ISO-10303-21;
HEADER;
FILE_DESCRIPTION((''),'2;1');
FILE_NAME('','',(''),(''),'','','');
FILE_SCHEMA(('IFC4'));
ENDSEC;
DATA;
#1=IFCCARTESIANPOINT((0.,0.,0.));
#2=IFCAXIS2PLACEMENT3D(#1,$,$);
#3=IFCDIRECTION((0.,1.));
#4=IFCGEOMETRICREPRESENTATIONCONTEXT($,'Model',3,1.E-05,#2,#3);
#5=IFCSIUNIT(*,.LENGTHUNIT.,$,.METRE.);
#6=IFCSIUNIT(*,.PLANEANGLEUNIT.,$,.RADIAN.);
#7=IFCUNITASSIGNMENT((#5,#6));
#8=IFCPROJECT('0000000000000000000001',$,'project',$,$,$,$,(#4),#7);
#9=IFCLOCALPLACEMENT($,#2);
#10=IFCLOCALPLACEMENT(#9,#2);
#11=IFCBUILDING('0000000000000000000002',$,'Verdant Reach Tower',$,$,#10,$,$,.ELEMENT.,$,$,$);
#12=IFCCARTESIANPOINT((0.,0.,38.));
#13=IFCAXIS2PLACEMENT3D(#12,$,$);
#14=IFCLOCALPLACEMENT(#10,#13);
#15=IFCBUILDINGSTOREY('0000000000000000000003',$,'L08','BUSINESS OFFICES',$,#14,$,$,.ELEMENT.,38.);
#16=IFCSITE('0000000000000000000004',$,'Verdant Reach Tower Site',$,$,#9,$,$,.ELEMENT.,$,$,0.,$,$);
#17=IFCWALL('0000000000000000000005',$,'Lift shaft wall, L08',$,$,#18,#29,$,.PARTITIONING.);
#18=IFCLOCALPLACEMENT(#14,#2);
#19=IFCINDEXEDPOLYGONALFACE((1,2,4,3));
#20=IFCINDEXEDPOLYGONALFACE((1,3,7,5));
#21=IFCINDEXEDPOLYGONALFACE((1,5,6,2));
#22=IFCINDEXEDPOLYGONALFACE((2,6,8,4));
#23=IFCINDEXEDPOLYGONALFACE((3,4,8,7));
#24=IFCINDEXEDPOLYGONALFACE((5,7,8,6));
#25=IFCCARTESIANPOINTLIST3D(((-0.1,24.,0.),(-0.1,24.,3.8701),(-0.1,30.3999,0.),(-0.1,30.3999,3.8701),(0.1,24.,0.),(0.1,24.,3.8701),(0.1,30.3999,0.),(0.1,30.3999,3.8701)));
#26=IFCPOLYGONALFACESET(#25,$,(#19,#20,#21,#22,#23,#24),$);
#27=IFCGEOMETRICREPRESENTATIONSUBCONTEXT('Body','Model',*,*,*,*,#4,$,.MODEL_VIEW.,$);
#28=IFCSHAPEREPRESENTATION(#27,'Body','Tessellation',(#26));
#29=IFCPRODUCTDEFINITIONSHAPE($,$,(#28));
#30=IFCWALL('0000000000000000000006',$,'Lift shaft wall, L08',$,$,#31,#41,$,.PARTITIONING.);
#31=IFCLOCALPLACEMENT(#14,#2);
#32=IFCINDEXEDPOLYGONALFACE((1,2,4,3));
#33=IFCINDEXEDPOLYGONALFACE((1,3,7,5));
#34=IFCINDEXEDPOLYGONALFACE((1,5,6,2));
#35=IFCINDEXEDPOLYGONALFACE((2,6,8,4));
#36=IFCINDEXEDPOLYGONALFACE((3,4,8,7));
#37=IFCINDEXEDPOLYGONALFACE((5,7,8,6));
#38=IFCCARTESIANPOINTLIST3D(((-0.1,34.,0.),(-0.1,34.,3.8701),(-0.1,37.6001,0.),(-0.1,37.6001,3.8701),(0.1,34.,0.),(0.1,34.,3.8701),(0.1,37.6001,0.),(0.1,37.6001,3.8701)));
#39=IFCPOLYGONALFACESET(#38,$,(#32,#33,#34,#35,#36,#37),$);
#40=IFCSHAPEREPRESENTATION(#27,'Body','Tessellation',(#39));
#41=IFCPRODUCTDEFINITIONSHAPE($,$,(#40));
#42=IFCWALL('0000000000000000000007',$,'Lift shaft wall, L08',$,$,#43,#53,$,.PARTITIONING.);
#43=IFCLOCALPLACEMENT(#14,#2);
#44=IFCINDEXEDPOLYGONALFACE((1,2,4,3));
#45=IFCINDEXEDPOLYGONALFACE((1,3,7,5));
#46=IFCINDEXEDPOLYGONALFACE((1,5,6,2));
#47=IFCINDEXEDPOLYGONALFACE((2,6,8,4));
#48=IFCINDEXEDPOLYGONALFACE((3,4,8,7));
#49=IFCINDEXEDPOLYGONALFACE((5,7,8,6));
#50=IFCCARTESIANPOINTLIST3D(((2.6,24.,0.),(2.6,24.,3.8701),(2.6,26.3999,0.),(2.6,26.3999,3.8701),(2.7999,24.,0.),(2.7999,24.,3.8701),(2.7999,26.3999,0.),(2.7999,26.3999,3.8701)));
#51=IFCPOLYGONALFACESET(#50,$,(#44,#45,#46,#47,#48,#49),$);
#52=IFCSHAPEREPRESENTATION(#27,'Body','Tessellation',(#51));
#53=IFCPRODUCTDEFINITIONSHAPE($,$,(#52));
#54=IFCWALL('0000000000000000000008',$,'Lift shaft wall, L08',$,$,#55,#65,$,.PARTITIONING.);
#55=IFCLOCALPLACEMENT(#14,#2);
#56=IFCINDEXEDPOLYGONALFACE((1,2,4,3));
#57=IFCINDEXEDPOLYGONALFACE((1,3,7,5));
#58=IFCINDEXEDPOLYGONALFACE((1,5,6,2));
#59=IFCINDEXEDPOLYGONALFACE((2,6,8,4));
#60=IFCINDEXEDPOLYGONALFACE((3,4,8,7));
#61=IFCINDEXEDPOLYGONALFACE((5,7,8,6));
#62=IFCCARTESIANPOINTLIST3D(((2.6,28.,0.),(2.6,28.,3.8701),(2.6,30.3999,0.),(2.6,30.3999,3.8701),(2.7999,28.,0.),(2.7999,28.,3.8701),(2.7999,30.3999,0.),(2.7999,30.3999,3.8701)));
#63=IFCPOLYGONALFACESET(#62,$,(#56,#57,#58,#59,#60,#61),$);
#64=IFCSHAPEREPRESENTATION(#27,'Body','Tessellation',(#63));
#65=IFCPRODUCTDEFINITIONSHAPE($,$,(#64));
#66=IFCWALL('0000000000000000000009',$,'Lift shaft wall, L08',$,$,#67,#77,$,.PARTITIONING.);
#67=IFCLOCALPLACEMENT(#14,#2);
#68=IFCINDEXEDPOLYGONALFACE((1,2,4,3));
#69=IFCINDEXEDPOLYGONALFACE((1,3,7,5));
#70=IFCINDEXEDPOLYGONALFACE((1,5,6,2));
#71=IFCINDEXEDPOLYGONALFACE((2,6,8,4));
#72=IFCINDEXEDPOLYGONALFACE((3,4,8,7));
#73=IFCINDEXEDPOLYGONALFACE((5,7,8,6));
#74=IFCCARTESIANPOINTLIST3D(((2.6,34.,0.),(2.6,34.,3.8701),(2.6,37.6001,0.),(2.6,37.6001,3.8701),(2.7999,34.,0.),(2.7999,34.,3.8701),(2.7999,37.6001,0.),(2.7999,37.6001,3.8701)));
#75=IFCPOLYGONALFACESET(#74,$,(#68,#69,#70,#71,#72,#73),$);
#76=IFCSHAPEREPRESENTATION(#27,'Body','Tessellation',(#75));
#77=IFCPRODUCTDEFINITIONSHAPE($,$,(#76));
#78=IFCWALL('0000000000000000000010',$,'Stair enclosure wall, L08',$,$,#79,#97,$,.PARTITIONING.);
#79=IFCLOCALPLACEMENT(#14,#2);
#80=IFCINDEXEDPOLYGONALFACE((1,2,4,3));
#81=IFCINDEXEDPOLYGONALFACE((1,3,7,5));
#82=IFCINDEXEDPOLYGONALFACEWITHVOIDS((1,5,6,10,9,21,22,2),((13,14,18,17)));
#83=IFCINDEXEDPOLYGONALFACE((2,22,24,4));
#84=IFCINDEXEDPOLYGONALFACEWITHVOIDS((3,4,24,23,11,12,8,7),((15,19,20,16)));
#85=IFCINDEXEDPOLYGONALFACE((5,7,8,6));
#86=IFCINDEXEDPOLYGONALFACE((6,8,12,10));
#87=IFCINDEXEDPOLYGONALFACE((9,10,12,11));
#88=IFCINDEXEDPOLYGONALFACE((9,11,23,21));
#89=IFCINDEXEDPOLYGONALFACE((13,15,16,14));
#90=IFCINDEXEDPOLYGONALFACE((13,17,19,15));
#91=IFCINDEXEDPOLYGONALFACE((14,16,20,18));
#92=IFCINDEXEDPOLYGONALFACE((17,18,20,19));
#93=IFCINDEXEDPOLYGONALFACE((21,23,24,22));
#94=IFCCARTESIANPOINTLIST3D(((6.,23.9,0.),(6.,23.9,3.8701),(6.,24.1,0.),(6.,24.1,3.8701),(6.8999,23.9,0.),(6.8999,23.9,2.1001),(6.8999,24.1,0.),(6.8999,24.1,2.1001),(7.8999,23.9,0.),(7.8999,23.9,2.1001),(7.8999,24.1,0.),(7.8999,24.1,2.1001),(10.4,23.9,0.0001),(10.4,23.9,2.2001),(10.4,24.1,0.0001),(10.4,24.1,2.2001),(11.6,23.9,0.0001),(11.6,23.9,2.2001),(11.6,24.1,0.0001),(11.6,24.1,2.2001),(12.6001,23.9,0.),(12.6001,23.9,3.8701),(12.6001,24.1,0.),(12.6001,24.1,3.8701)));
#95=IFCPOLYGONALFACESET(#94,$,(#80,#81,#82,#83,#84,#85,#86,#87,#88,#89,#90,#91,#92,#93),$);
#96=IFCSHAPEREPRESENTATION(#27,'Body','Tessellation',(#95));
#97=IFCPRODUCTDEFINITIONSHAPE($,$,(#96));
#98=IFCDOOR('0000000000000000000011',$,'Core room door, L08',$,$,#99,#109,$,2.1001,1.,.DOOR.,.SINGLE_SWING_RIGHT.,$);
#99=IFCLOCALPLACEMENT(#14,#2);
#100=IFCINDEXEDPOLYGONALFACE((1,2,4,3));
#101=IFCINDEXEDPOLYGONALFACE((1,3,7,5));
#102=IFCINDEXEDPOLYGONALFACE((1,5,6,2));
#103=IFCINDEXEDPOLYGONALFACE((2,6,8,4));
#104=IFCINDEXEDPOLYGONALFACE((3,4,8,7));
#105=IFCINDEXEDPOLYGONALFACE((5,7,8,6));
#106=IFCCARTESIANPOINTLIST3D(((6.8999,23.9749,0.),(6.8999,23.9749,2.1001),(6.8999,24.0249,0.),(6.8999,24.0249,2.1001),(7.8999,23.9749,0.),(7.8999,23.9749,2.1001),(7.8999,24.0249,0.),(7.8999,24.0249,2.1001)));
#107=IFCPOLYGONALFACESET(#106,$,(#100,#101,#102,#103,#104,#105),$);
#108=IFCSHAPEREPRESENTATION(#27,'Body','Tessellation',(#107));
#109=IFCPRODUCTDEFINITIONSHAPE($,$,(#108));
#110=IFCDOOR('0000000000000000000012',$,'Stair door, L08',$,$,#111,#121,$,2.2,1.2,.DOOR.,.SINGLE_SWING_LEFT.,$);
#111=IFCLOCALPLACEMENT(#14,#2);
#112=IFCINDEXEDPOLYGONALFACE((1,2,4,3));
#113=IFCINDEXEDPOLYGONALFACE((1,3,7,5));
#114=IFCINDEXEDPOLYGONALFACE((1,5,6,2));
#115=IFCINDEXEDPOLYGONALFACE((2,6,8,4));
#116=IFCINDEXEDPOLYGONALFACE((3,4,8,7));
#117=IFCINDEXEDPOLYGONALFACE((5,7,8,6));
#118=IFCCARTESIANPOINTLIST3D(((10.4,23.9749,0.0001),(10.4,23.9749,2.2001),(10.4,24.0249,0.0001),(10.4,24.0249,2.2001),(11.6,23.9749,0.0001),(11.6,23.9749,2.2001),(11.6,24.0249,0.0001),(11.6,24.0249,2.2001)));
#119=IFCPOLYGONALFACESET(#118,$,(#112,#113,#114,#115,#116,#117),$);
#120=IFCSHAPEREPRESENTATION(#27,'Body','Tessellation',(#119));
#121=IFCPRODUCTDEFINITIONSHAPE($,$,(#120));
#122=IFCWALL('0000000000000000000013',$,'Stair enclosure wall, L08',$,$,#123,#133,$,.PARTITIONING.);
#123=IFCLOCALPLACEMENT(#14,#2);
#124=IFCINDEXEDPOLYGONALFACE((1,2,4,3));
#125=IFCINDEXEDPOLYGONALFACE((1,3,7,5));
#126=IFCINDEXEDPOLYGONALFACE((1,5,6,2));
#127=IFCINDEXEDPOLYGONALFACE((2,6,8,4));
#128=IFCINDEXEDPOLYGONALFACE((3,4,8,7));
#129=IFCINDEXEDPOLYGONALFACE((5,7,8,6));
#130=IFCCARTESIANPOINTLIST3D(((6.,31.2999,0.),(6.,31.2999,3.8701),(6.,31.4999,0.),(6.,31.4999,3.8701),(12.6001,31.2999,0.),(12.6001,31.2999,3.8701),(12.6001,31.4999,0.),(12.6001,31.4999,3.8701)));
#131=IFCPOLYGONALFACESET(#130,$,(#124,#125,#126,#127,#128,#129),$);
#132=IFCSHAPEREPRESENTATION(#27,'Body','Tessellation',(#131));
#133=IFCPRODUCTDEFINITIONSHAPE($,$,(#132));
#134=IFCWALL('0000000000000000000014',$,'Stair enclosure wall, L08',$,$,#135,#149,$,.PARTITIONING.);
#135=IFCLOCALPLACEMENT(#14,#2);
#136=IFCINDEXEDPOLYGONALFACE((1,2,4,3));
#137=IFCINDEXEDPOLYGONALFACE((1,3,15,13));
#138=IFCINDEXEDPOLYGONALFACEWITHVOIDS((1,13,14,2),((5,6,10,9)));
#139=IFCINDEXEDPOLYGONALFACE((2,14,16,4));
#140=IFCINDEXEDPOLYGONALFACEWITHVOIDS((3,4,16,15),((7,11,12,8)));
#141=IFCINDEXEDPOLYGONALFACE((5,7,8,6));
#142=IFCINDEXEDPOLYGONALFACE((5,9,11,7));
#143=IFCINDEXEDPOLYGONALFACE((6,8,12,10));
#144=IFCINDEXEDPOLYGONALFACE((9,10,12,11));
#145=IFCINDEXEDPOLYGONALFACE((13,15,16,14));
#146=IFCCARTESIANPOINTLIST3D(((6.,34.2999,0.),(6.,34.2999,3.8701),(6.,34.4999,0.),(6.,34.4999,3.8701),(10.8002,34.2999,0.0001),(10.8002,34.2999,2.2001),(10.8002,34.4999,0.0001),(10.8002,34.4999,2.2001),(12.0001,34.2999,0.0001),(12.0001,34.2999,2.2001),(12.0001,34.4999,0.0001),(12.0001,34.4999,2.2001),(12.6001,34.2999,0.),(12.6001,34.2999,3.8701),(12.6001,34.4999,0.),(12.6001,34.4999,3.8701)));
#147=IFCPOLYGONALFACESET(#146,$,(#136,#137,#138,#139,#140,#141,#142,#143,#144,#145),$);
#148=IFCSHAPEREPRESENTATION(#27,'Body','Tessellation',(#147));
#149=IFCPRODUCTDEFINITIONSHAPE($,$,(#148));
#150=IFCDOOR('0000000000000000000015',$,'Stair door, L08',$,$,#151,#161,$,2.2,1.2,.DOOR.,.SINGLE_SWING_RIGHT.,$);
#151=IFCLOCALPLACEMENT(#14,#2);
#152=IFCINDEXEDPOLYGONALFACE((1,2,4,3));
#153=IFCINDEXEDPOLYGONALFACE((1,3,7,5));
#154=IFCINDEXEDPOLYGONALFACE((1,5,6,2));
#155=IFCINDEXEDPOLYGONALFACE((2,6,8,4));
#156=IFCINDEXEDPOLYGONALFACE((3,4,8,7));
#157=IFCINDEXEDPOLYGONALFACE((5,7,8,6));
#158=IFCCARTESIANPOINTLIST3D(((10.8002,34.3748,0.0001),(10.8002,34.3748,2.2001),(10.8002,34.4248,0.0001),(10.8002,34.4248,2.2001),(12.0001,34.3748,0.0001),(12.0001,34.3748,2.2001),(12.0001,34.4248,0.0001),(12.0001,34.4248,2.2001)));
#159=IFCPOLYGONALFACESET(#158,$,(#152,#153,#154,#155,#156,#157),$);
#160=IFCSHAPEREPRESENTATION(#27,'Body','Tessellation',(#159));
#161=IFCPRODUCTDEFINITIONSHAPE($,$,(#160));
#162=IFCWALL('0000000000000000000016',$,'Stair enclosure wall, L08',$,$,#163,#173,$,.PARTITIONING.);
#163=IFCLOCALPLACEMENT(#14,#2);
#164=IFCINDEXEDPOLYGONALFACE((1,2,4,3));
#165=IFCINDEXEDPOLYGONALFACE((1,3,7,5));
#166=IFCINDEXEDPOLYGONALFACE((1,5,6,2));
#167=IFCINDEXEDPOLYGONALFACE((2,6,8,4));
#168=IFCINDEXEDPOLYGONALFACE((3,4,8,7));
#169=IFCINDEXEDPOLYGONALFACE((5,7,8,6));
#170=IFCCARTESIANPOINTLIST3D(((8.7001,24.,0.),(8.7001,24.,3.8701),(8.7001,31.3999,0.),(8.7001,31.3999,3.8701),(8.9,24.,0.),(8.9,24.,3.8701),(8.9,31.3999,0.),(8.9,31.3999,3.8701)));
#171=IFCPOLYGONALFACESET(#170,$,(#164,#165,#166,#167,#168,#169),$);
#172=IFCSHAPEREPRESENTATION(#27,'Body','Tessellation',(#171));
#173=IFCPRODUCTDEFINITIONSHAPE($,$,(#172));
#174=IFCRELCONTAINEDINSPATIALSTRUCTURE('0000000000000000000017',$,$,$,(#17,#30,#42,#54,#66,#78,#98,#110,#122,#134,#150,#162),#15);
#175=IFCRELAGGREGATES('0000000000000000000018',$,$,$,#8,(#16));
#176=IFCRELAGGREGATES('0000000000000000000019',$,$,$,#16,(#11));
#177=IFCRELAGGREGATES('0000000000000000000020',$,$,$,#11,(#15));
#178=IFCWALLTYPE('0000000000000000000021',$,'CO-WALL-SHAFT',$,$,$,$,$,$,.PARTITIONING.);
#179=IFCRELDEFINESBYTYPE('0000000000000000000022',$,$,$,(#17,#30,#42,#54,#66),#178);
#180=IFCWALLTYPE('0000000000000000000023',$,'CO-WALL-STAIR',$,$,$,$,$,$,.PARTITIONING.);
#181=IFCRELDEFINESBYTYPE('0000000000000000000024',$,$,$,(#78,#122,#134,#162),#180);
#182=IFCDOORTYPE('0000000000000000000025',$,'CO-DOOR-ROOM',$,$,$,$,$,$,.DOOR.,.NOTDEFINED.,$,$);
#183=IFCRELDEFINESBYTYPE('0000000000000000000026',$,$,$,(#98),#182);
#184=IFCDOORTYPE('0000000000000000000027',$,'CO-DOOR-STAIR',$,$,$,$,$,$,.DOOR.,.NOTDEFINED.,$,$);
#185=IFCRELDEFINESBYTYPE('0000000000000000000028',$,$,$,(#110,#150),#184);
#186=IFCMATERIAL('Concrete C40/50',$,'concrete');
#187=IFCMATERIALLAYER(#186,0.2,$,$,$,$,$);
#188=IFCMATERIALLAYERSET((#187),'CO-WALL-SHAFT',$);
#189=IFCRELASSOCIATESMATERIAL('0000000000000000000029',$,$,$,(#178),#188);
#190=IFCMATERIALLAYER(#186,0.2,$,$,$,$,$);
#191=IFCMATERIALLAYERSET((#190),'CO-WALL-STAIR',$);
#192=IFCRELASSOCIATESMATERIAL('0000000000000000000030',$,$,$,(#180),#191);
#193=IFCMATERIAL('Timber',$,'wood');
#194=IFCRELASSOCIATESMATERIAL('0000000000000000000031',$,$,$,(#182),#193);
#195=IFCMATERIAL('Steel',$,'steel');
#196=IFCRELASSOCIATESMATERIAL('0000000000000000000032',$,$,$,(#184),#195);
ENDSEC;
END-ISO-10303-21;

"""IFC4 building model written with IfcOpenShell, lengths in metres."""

from ifc_helpers import new_model, si_unit, direction, frame, frame_2d, origin, place, context, subcontext, project, spatial, rectangle, extrude, material, layer, layer_set, type_object, element, fill, save


model = new_model("IFC4")

# Units and contexts
model_context = context("Model", 3, precision=1e-05, world=origin(), true_north=direction((0.0, 1.0)))
body_context = subcontext(model_context, "Body", "Model", "MODEL_VIEW")
ifc_project = project(units=[si_unit("LENGTHUNIT", "METRE"), si_unit("PLANEANGLEUNIT", "RADIAN")], contexts=[model_context])

# Site, building, storey
site_placement = place(None, origin())
site = spatial("IfcSite", under=ifc_project, at=site_placement, Name="Verdant Reach Tower Site", CompositionType="ELEMENT", RefElevation=0.0)
building_placement = place(site_placement, origin())
building = spatial("IfcBuilding", under=site, at=building_placement, Name="Verdant Reach Tower", CompositionType="ELEMENT")
storey_placement = place(building_placement, frame((0.0, 0.0, 38.0)))
storey = spatial("IfcBuildingStorey", under=building, at=storey_placement, Name="L08", Description="BUSINESS OFFICES", CompositionType="ELEMENT", Elevation=38.0)

# Walls
ifc_material_1 = material(Name="Concrete C40/50", Category="concrete")
ifc_layer_1 = layer(ifc_material_1, 0.2)
ifc_layer_set_1 = layer_set([ifc_layer_1], Name="CO-WALL-SHAFT")
wall_type_1 = type_object("IfcWallType", Name="CO-WALL-SHAFT", PredefinedType="PARTITIONING", material=ifc_layer_set_1)
wall_1_placement = place(storey_placement, frame((0.0, 24.0, 0.0), z_axis=(0.0, 0.0, 1.0), x_axis=(0.0, 1.0, 0.0)))
element("IfcWall", 1, at=wall_1_placement, inside=storey, type_object=wall_type_1, Name="Lift shaft wall, L08", PredefinedType="PARTITIONING", context=body_context, shape_type="SweptSolid", body=[
    extrude(rectangle(XDim=6.3999, YDim=0.2, at=frame_2d((3.2, 0.0))), origin(), (0.0, 0.0, 1.0), 3.8701),
])
wall_2_placement = place(storey_placement, frame((0.0, 34.0, 0.0), z_axis=(0.0, 0.0, 1.0), x_axis=(0.0, 1.0, 0.0)))
element("IfcWall", 2, at=wall_2_placement, inside=storey, type_object=wall_type_1, Name="Lift shaft wall, L08", PredefinedType="PARTITIONING", context=body_context, shape_type="SweptSolid", body=[
    extrude(rectangle(XDim=3.6001, YDim=0.2, at=frame_2d((1.8, 0.0))), origin(), (0.0, 0.0, 1.0), 3.8701),
])
for number, where, z_axis, x_axis, name in (
    (3, (2.7, 24.0, 0.0), (0.0, 0.0, 1.0), (0.0, 1.0, 0.0), "Lift shaft wall, L08"),
    (4, (2.7, 28.0, 0.0), (0.0, 0.0, 1.0), (0.0, 1.0, 0.0), "Lift shaft wall, L08"),
):
    element("IfcWall", number, at=place(storey_placement, frame(where, z_axis=z_axis, x_axis=x_axis)), inside=storey, type_object=wall_type_1, Name=name, PredefinedType="PARTITIONING", context=body_context, shape_type="SweptSolid", body=[
        extrude(rectangle(XDim=2.3999, YDim=0.2, at=frame_2d((1.2, 0.0))), origin(), (0.0, 0.0, 1.0), 3.8701),
    ])
wall_3_placement = place(storey_placement, frame((2.7, 34.0, 0.0), z_axis=(0.0, 0.0, 1.0), x_axis=(0.0, 1.0, 0.0)))
element("IfcWall", 5, at=wall_3_placement, inside=storey, type_object=wall_type_1, Name="Lift shaft wall, L08", PredefinedType="PARTITIONING", context=body_context, shape_type="SweptSolid", body=[
    extrude(rectangle(XDim=3.6001, YDim=0.2, at=frame_2d((1.8, 0.0))), origin(), (0.0, 0.0, 1.0), 3.8701),
])

# Wall, openings, doors
ifc_layer_2 = layer(ifc_material_1, 0.2)
ifc_layer_set_2 = layer_set([ifc_layer_2], Name="CO-WALL-STAIR")
wall_type_2 = type_object("IfcWallType", Name="CO-WALL-STAIR", PredefinedType="PARTITIONING", material=ifc_layer_set_2)
wall_4_placement = place(storey_placement, frame((6.0, 24.0, 0.0), z_axis=(0.0, 0.0, 1.0), x_axis=(1.0, 0.0, 0.0)))
wall_4 = element("IfcWall", 6, at=wall_4_placement, inside=storey, type_object=wall_type_2, Name="Stair enclosure wall, L08", PredefinedType="PARTITIONING", context=body_context, shape_type="SweptSolid", body=[
    extrude(rectangle(XDim=6.6001, YDim=0.2, at=frame_2d((3.3, 0.0))), origin(), (0.0, 0.0, 1.0), 3.8701),
])
opening_1_placement = place(wall_4_placement, frame((0.8999, 0.0, 0.0)))
opening_1 = element("IfcOpeningElement", 7, at=opening_1_placement, cuts=wall_4, PredefinedType="OPENING", context=body_context, shape_type="SweptSolid", body=[
    extrude(rectangle(XDim=1.0, YDim=2.1001, at=frame_2d((0.5, 1.05))), frame((0.0, 0.1099, 0.0), z_axis=(0.0, -1.0, 0.0), x_axis=(1.0, 0.0, 0.0)), (0.0, 0.0, 1.0), 0.22),
])
opening_2_placement = place(wall_4_placement, frame((4.3999, 0.0, 0.0)))
opening_2 = element("IfcOpeningElement", 8, at=opening_2_placement, cuts=wall_4, PredefinedType="OPENING", context=body_context, shape_type="SweptSolid", body=[
    extrude(rectangle(XDim=1.2, YDim=2.2, at=frame_2d((0.6001, 1.1001))), frame((0.0, 0.1099, 0.0), z_axis=(0.0, -1.0, 0.0), x_axis=(1.0, 0.0, 0.0)), (0.0, 0.0, 1.0), 0.22),
])
ifc_material_2 = material(Name="Timber", Category="wood")
door_type_1 = type_object("IfcDoorType", Name="CO-DOOR-ROOM", OperationType="NOTDEFINED", PredefinedType="DOOR", material=ifc_material_2)
door_1_placement = place(opening_1_placement, origin())
door_1 = element("IfcDoor", 9, at=door_1_placement, inside=storey, type_object=door_type_1, Name="Core room door, L08", OperationType="SINGLE_SWING_RIGHT", OverallHeight=2.1001, OverallWidth=1.0, PredefinedType="DOOR", context=body_context, shape_type="SweptSolid", body=[
    extrude(rectangle(XDim=1.0, YDim=2.1001, at=frame_2d((0.5, 1.05))), frame((0.0, 0.0249, 0.0), z_axis=(0.0, -1.0, 0.0), x_axis=(1.0, 0.0, 0.0)), (0.0, 0.0, 1.0), 0.05),
])
fill(opening_1, door_1)
ifc_material_3 = material(Name="Steel", Category="steel")
door_type_2 = type_object("IfcDoorType", Name="CO-DOOR-STAIR", OperationType="NOTDEFINED", PredefinedType="DOOR", material=ifc_material_3)
door_2_placement = place(opening_2_placement, origin())
door_2 = element("IfcDoor", 10, at=door_2_placement, inside=storey, type_object=door_type_2, Name="Stair door, L08", OperationType="SINGLE_SWING_LEFT", OverallHeight=2.2, OverallWidth=1.2, PredefinedType="DOOR", context=body_context, shape_type="SweptSolid", body=[
    extrude(rectangle(XDim=1.2, YDim=2.2, at=frame_2d((0.6001, 1.1001))), frame((0.0, 0.0249, 0.0), z_axis=(0.0, -1.0, 0.0), x_axis=(1.0, 0.0, 0.0)), (0.0, 0.0, 1.0), 0.05),
])
fill(opening_2, door_2)

# Wall
wall_5_placement = place(storey_placement, frame((6.0, 31.3999, 0.0), z_axis=(0.0, 0.0, 1.0), x_axis=(1.0, 0.0, 0.0)))
element("IfcWall", 11, at=wall_5_placement, inside=storey, type_object=wall_type_2, Name="Stair enclosure wall, L08", PredefinedType="PARTITIONING", context=body_context, shape_type="SweptSolid", body=[
    extrude(rectangle(XDim=6.6001, YDim=0.2, at=frame_2d((3.3, 0.0))), origin(), (0.0, 0.0, 1.0), 3.8701),
])

# Wall, opening, door
wall_6_placement = place(storey_placement, frame((6.0, 34.3999, 0.0), z_axis=(0.0, 0.0, 1.0), x_axis=(1.0, 0.0, 0.0)))
wall_6 = element("IfcWall", 12, at=wall_6_placement, inside=storey, type_object=wall_type_2, Name="Stair enclosure wall, L08", PredefinedType="PARTITIONING", context=body_context, shape_type="SweptSolid", body=[
    extrude(rectangle(XDim=6.6001, YDim=0.2, at=frame_2d((3.3, 0.0))), origin(), (0.0, 0.0, 1.0), 3.8701),
])
opening_3_placement = place(wall_6_placement, frame((4.8, 0.0, 0.0)))
opening_3 = element("IfcOpeningElement", 13, at=opening_3_placement, cuts=wall_6, PredefinedType="OPENING", context=body_context, shape_type="SweptSolid", body=[
    extrude(rectangle(XDim=1.2, YDim=2.2, at=frame_2d((0.6001, 1.1001))), frame((0.0, 0.1099, 0.0), z_axis=(0.0, -1.0, 0.0), x_axis=(1.0, 0.0, 0.0)), (0.0, 0.0, 1.0), 0.22),
])
door_3_placement = place(opening_3_placement, origin())
door_3 = element("IfcDoor", 14, at=door_3_placement, inside=storey, type_object=door_type_2, Name="Stair door, L08", OperationType="SINGLE_SWING_RIGHT", OverallHeight=2.2, OverallWidth=1.2, PredefinedType="DOOR", context=body_context, shape_type="SweptSolid", body=[
    extrude(rectangle(XDim=1.2, YDim=2.2, at=frame_2d((0.6001, 1.1001))), frame((0.0, 0.0249, 0.0), z_axis=(0.0, -1.0, 0.0), x_axis=(1.0, 0.0, 0.0)), (0.0, 0.0, 1.0), 0.05),
])
fill(opening_3, door_3)

# Wall
wall_7_placement = place(storey_placement, frame((8.8, 24.0, 0.0), z_axis=(0.0, 0.0, 1.0), x_axis=(0.0, 1.0, 0.0)))
element("IfcWall", 15, at=wall_7_placement, inside=storey, type_object=wall_type_2, Name="Stair enclosure wall, L08", PredefinedType="PARTITIONING", context=body_context, shape_type="SweptSolid", body=[
    extrude(rectangle(XDim=7.3999, YDim=0.2, at=frame_2d((3.7, 0.0))), origin(), (0.0, 0.0, 1.0), 3.8701),
])

save(model, "model.ifc")
